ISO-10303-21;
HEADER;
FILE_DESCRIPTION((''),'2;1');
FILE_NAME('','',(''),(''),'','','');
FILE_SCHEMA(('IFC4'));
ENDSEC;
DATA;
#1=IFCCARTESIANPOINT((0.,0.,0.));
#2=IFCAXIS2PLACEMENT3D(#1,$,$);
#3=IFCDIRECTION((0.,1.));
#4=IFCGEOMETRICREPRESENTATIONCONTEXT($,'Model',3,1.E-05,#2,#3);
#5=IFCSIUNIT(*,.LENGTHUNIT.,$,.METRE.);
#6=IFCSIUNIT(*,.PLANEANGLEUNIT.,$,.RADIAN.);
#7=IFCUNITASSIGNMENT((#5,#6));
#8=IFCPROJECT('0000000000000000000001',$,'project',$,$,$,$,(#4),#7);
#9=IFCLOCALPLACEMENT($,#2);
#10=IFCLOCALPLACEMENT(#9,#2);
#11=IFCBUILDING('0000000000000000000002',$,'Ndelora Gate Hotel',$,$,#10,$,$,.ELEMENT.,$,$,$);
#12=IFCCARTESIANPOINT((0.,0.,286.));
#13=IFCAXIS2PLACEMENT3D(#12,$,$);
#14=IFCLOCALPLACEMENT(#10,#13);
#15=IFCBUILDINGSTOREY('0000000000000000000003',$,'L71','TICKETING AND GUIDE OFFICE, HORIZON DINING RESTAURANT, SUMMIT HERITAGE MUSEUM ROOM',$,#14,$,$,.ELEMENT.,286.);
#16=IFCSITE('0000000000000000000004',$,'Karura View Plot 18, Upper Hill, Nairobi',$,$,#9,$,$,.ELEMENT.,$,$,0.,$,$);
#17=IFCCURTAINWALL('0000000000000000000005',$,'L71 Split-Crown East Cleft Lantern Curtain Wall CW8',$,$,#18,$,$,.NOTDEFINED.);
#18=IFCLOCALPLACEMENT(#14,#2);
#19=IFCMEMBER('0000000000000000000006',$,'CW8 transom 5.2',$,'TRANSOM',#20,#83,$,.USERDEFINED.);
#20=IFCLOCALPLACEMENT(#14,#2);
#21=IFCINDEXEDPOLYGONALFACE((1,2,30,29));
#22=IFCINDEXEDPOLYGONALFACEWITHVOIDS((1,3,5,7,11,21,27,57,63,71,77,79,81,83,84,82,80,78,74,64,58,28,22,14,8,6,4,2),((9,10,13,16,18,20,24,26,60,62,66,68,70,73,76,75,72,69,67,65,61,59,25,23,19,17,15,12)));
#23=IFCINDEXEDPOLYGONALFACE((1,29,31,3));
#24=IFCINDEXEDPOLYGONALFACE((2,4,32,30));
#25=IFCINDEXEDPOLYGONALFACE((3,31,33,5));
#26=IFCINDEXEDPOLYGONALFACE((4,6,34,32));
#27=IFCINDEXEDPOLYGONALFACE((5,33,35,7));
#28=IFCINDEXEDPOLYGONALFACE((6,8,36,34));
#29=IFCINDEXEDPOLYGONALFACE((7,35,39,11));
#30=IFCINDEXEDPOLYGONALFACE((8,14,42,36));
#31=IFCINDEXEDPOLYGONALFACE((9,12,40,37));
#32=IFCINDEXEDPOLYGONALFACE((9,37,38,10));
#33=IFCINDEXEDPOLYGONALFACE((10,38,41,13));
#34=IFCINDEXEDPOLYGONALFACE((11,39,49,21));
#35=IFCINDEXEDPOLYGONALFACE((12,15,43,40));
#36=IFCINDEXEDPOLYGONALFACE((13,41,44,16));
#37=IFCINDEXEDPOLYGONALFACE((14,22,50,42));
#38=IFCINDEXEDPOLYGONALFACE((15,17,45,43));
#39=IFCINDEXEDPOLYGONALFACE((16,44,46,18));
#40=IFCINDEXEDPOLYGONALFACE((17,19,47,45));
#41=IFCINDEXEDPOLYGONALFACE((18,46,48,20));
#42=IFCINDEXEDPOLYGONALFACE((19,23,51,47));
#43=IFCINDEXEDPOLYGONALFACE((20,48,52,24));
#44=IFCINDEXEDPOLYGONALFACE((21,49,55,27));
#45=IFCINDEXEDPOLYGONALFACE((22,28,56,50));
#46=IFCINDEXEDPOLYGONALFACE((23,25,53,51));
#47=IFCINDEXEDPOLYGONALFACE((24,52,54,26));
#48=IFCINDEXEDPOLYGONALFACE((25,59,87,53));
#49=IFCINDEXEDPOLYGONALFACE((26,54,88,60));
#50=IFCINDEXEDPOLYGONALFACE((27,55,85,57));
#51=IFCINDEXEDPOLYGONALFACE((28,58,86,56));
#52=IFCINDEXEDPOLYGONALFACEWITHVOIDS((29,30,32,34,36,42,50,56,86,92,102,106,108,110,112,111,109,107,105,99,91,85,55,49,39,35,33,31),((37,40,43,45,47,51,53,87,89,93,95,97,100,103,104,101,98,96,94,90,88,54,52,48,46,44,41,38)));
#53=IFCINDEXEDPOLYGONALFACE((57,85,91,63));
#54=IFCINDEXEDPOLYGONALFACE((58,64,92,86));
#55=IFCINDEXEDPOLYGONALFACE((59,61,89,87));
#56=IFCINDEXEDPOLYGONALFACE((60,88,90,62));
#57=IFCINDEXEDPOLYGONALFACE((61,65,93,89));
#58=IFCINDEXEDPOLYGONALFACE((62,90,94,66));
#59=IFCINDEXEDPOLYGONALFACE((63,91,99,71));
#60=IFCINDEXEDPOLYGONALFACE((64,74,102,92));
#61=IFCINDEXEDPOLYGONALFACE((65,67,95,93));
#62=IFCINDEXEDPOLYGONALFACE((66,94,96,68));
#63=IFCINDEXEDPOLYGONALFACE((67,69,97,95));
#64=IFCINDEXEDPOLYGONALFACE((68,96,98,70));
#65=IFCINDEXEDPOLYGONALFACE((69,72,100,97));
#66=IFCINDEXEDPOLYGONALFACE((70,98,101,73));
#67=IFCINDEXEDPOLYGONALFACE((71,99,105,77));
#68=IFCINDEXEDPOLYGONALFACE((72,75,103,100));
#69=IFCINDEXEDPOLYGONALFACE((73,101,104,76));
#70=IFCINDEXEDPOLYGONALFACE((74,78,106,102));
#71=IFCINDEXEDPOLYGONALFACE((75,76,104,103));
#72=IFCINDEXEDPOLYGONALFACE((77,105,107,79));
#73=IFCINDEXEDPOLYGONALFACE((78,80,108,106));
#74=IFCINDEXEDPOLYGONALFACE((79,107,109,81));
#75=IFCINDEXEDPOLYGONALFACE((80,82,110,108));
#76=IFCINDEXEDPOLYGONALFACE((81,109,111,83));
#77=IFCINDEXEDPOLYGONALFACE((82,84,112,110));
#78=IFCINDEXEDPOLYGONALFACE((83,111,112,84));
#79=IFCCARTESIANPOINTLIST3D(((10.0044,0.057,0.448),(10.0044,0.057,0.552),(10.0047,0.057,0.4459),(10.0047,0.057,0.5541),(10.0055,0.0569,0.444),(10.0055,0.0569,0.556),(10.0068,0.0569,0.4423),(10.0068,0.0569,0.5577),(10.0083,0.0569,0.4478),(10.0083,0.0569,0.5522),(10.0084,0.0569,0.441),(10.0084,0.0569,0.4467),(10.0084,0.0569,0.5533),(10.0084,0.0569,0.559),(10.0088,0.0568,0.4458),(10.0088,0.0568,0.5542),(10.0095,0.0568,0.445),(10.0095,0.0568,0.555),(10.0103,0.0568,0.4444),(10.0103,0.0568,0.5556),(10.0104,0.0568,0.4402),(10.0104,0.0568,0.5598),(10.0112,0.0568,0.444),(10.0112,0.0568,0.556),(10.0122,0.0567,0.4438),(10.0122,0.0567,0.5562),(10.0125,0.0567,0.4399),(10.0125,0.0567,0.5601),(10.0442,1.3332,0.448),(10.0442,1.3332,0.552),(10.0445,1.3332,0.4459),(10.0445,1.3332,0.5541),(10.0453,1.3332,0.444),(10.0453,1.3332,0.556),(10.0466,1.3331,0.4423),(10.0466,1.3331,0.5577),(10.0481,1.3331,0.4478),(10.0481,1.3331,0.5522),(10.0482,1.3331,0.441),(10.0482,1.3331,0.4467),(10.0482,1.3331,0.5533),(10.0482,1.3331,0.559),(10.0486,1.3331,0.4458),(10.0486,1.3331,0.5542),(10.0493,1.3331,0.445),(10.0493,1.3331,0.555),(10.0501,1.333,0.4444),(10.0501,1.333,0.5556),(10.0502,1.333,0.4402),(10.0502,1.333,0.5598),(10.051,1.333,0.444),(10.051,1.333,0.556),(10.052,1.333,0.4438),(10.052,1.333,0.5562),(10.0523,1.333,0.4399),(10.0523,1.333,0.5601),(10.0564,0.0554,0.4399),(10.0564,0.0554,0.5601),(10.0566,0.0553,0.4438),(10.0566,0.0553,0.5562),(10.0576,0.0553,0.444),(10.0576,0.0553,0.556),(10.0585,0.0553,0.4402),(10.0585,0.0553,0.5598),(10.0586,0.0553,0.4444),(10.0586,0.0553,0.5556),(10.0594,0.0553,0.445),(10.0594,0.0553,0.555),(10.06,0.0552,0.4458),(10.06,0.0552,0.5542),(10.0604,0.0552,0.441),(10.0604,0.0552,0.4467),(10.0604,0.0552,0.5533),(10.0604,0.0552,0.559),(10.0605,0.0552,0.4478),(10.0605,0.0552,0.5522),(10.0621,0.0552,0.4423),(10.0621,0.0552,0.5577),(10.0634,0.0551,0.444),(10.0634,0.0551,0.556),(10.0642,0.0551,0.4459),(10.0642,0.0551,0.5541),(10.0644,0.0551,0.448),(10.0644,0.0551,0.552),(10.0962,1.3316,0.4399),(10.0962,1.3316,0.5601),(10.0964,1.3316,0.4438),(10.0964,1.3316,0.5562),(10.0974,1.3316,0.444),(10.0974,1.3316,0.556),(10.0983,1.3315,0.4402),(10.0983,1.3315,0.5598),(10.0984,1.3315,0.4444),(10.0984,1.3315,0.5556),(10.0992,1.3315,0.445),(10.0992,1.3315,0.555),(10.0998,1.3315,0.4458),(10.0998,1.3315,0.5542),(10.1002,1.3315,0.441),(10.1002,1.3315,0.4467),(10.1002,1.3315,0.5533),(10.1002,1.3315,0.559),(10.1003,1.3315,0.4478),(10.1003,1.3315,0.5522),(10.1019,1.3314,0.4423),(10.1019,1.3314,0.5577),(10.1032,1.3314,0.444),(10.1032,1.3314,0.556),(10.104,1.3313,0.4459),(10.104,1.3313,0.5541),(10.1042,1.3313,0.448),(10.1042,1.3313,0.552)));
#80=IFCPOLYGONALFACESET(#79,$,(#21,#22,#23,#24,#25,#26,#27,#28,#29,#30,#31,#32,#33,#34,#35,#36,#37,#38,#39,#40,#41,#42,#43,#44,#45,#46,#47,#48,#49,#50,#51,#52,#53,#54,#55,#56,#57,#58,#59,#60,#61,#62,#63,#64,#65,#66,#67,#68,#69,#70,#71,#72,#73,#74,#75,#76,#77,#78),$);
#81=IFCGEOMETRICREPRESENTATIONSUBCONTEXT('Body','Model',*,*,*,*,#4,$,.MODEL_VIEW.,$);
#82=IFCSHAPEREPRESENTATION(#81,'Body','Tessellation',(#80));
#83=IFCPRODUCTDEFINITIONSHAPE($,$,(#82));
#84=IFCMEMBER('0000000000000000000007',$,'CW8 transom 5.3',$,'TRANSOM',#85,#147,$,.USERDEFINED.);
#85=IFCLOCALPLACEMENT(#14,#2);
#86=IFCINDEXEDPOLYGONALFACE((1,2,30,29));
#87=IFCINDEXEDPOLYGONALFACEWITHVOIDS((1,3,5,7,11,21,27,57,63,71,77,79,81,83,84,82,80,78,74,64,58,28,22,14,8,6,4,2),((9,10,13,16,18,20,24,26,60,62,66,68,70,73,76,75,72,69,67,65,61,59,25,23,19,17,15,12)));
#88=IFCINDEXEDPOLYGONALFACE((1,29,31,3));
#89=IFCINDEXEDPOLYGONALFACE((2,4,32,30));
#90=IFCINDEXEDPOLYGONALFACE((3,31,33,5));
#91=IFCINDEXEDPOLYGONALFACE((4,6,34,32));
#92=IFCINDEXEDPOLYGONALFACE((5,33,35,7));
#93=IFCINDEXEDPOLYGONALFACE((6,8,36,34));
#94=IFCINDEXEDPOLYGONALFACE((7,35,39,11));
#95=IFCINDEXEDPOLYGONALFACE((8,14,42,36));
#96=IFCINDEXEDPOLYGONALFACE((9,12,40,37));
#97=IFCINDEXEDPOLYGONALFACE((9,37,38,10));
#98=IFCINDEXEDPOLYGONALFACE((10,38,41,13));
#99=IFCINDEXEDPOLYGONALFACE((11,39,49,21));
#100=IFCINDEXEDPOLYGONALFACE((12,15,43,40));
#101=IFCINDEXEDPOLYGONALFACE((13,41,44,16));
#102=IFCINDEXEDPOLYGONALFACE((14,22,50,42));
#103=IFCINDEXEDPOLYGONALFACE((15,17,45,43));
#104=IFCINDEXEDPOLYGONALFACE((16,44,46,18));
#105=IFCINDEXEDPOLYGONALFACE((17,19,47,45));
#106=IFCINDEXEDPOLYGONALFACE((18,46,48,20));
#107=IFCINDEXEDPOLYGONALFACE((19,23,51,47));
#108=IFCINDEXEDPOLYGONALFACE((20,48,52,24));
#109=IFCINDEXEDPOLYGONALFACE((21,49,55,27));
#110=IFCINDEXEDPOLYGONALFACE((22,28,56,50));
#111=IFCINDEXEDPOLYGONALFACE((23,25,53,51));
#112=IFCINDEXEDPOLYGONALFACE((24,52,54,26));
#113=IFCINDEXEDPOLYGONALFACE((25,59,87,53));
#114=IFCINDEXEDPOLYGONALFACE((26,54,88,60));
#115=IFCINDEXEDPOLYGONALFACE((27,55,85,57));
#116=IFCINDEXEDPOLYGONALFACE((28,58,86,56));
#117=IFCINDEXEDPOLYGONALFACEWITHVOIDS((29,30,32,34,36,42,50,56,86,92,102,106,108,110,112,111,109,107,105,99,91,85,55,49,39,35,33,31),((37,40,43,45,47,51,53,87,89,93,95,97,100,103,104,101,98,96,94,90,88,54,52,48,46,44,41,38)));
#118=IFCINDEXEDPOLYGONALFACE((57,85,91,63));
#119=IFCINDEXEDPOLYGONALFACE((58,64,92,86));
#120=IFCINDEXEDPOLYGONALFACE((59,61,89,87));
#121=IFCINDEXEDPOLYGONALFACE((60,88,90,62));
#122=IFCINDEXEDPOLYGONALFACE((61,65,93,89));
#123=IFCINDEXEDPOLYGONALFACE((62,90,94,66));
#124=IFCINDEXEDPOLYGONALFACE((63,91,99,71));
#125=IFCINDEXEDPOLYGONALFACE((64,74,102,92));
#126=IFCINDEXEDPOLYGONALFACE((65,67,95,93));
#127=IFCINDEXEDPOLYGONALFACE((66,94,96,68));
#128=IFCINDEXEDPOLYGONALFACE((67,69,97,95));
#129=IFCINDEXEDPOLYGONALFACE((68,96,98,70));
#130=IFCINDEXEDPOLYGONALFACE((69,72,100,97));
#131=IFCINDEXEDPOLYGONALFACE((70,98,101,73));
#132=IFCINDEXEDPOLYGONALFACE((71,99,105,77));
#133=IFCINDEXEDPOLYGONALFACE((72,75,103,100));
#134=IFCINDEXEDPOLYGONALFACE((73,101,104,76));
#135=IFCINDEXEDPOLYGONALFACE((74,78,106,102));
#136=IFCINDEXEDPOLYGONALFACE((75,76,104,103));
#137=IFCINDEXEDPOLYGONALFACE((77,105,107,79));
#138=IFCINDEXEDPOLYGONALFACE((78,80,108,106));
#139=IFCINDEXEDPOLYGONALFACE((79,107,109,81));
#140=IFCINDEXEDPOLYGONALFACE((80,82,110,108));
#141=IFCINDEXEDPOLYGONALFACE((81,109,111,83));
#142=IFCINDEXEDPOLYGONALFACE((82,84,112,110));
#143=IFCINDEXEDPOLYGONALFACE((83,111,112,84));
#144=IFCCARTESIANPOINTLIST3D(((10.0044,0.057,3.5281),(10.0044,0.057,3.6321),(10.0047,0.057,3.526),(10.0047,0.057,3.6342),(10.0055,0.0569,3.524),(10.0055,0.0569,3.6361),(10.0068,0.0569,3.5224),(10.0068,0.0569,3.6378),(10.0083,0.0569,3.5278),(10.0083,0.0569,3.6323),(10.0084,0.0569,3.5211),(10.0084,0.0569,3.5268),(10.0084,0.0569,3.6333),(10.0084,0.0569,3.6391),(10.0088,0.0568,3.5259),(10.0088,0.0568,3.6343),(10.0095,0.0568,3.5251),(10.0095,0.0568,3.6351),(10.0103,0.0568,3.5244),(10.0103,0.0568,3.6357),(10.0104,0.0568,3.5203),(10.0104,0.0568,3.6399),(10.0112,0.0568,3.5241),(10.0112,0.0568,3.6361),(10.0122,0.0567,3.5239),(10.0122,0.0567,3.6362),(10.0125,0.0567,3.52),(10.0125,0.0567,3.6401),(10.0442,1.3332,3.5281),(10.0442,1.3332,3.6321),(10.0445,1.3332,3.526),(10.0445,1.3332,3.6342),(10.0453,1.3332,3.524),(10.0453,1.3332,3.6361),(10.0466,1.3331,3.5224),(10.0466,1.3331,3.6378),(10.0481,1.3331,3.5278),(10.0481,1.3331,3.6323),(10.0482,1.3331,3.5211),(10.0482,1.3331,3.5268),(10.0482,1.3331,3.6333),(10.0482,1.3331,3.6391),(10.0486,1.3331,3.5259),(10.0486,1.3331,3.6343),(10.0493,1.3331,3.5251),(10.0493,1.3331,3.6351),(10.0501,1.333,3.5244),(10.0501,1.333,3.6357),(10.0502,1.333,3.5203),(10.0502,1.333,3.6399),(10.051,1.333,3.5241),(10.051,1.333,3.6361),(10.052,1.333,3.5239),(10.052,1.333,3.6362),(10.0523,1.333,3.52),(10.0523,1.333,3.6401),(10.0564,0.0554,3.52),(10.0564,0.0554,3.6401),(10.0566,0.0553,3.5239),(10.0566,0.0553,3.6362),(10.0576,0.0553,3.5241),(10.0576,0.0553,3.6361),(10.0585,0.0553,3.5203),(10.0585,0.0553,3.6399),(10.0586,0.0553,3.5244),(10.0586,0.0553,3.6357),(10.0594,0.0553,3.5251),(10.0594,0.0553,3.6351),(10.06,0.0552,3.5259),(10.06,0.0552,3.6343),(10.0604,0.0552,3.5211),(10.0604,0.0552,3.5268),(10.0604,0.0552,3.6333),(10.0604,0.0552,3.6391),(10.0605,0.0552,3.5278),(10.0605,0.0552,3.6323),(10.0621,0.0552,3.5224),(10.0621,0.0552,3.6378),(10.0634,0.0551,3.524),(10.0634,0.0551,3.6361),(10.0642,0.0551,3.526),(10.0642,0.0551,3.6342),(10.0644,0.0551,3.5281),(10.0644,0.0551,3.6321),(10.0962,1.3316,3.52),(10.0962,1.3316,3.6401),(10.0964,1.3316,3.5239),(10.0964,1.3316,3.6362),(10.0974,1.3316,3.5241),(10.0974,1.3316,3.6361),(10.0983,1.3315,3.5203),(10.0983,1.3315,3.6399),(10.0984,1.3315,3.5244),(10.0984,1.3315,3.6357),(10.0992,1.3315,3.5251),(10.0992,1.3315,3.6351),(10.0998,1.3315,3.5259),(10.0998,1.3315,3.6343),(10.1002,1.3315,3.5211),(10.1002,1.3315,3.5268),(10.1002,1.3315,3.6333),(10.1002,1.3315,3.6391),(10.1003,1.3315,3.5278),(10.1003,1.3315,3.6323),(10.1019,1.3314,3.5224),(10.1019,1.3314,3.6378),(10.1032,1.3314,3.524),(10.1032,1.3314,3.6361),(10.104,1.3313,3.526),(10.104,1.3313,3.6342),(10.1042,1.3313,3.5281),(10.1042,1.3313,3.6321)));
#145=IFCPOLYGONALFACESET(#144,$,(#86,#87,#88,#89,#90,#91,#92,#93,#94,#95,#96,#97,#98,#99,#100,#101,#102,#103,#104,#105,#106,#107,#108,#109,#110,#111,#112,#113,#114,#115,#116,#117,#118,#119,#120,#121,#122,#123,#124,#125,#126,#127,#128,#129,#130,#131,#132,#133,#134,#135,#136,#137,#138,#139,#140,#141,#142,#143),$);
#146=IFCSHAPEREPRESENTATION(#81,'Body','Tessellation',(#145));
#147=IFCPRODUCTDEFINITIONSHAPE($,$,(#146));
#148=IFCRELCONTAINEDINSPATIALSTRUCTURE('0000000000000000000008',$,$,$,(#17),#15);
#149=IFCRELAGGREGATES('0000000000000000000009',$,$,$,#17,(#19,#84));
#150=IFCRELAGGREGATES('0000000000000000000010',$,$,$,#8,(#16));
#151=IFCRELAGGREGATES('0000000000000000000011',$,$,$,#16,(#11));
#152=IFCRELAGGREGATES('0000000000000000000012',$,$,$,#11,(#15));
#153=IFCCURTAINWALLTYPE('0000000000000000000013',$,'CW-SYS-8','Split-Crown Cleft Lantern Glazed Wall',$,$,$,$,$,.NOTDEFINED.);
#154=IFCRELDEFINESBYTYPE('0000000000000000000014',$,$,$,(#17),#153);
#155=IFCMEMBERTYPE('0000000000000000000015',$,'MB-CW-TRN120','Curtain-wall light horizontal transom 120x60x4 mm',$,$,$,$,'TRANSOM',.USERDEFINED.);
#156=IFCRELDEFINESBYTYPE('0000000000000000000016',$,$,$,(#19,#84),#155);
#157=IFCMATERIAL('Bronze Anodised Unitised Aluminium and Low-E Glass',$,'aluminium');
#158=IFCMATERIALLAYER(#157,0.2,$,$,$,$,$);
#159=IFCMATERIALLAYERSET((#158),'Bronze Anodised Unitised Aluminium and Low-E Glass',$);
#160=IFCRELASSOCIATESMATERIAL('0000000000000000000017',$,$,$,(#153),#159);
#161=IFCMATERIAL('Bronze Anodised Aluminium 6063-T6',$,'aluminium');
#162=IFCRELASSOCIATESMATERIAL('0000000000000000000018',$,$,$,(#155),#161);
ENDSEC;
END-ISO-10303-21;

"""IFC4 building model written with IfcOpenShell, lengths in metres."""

from ifc_helpers import new_model, si_unit, direction, frame, origin, origin_2d, place, context, subcontext, project, spatial, hollow_rectangle, extrude, material, layer, layer_set, material_profile, profile_set, type_object, element, aggregate, save


model = new_model("IFC4")

# Units and contexts
model_context = context("Model", 3, precision=1e-05, world=origin(), true_north=direction((0.0, 1.0)))
body_context = subcontext(model_context, "Body", "Model", "MODEL_VIEW")
ifc_project = project(units=[si_unit("LENGTHUNIT", "METRE"), si_unit("PLANEANGLEUNIT", "RADIAN")], contexts=[model_context])

# Site, building, storey
site_placement = place(None, origin())
site = spatial("IfcSite", under=ifc_project, at=site_placement, Name="Karura View Plot 18, Upper Hill, Nairobi", CompositionType="ELEMENT", RefElevation=0.0)
building_placement = place(site_placement, origin())
building = spatial("IfcBuilding", under=site, at=building_placement, Name="Ndelora Gate Hotel", CompositionType="ELEMENT")
storey_placement = place(building_placement, frame((0.0, 0.0, 286.0)))
storey = spatial("IfcBuildingStorey", under=building, at=storey_placement, Name="L71", Description="TICKETING AND GUIDE OFFICE, HORIZON DINING RESTAURANT, SUMMIT HERITAGE MUSEUM ROOM", CompositionType="ELEMENT", Elevation=286.0)

# Curtain wall, members
ifc_material_1 = material(Name="Bronze Anodised Unitised Aluminium and Low-E Glass", Category="aluminium")
ifc_layer_1 = layer(ifc_material_1, 0.2)
ifc_layer_set_1 = layer_set([ifc_layer_1], Name="Bronze Anodised Unitised Aluminium and Low-E Glass")
curtain_wall_type = type_object("IfcCurtainWallType", Name="CW-SYS-8", Description="Split-Crown Cleft Lantern Glazed Wall", PredefinedType="NOTDEFINED", material=ifc_layer_set_1)
curtain_wall_placement = place(storey_placement, origin())
curtain_wall = element("IfcCurtainWall", 1, at=curtain_wall_placement, inside=storey, type_object=curtain_wall_type, Name="L71 Split-Crown East Cleft Lantern Curtain Wall CW8", PredefinedType="NOTDEFINED")
ifc_material_2 = material(Name="Bronze Anodised Aluminium 6063-T6", Category="aluminium")
ifc_material_profile_1 = material_profile(ifc_material_2, hollow_rectangle(XDim=0.0601, YDim=0.1201, WallThickness=0.0039, InnerFilletRadius=0.0039, OuterFilletRadius=0.0081, at=origin_2d()), Name="ALU 120x60x4")
ifc_profile_set_1 = profile_set([ifc_material_profile_1], Name="Bronze Anodised Aluminium 6063-T6")
member_type_1 = type_object("IfcMemberType", Name="MB-CW-TRN120", Description="Curtain-wall light horizontal transom 120x60x4 mm", ElementType="TRANSOM", PredefinedType="USERDEFINED", material=ifc_profile_set_1)
member_1_placement = place(storey_placement, frame((10.0742, 1.3323, 0.5), z_axis=(-0.031169, -0.999514, 0.0), x_axis=(0.999514, -0.031169, 0.0)))
member_1 = element("IfcMember", 2, at=member_1_placement, type_object=member_type_1, Name="CW8 transom 5.2", ObjectType="TRANSOM", PredefinedType="USERDEFINED", context=body_context, shape_type="SweptSolid", body=[
    extrude(hollow_rectangle(XDim=0.0601, YDim=0.1201, WallThickness=0.0039, InnerFilletRadius=0.0039, OuterFilletRadius=0.0081, at=origin_2d()), origin(), (0.0, 0.0, 1.0), 1.2769),
])
member_2_placement = place(storey_placement, frame((10.0742, 1.3323, 3.5801), z_axis=(-0.031169, -0.999514, 0.0), x_axis=(0.999514, -0.031169, 0.0)))
member_2 = element("IfcMember", 3, at=member_2_placement, type_object=member_type_1, Name="CW8 transom 5.3", ObjectType="TRANSOM", PredefinedType="USERDEFINED", context=body_context, shape_type="SweptSolid", body=[
    extrude(hollow_rectangle(XDim=0.0601, YDim=0.1201, WallThickness=0.0039, InnerFilletRadius=0.0039, OuterFilletRadius=0.0081, at=origin_2d()), origin(), (0.0, 0.0, 1.0), 1.2769),
])
aggregate(curtain_wall, [member_1, member_2])

save(model, "model.ifc")
